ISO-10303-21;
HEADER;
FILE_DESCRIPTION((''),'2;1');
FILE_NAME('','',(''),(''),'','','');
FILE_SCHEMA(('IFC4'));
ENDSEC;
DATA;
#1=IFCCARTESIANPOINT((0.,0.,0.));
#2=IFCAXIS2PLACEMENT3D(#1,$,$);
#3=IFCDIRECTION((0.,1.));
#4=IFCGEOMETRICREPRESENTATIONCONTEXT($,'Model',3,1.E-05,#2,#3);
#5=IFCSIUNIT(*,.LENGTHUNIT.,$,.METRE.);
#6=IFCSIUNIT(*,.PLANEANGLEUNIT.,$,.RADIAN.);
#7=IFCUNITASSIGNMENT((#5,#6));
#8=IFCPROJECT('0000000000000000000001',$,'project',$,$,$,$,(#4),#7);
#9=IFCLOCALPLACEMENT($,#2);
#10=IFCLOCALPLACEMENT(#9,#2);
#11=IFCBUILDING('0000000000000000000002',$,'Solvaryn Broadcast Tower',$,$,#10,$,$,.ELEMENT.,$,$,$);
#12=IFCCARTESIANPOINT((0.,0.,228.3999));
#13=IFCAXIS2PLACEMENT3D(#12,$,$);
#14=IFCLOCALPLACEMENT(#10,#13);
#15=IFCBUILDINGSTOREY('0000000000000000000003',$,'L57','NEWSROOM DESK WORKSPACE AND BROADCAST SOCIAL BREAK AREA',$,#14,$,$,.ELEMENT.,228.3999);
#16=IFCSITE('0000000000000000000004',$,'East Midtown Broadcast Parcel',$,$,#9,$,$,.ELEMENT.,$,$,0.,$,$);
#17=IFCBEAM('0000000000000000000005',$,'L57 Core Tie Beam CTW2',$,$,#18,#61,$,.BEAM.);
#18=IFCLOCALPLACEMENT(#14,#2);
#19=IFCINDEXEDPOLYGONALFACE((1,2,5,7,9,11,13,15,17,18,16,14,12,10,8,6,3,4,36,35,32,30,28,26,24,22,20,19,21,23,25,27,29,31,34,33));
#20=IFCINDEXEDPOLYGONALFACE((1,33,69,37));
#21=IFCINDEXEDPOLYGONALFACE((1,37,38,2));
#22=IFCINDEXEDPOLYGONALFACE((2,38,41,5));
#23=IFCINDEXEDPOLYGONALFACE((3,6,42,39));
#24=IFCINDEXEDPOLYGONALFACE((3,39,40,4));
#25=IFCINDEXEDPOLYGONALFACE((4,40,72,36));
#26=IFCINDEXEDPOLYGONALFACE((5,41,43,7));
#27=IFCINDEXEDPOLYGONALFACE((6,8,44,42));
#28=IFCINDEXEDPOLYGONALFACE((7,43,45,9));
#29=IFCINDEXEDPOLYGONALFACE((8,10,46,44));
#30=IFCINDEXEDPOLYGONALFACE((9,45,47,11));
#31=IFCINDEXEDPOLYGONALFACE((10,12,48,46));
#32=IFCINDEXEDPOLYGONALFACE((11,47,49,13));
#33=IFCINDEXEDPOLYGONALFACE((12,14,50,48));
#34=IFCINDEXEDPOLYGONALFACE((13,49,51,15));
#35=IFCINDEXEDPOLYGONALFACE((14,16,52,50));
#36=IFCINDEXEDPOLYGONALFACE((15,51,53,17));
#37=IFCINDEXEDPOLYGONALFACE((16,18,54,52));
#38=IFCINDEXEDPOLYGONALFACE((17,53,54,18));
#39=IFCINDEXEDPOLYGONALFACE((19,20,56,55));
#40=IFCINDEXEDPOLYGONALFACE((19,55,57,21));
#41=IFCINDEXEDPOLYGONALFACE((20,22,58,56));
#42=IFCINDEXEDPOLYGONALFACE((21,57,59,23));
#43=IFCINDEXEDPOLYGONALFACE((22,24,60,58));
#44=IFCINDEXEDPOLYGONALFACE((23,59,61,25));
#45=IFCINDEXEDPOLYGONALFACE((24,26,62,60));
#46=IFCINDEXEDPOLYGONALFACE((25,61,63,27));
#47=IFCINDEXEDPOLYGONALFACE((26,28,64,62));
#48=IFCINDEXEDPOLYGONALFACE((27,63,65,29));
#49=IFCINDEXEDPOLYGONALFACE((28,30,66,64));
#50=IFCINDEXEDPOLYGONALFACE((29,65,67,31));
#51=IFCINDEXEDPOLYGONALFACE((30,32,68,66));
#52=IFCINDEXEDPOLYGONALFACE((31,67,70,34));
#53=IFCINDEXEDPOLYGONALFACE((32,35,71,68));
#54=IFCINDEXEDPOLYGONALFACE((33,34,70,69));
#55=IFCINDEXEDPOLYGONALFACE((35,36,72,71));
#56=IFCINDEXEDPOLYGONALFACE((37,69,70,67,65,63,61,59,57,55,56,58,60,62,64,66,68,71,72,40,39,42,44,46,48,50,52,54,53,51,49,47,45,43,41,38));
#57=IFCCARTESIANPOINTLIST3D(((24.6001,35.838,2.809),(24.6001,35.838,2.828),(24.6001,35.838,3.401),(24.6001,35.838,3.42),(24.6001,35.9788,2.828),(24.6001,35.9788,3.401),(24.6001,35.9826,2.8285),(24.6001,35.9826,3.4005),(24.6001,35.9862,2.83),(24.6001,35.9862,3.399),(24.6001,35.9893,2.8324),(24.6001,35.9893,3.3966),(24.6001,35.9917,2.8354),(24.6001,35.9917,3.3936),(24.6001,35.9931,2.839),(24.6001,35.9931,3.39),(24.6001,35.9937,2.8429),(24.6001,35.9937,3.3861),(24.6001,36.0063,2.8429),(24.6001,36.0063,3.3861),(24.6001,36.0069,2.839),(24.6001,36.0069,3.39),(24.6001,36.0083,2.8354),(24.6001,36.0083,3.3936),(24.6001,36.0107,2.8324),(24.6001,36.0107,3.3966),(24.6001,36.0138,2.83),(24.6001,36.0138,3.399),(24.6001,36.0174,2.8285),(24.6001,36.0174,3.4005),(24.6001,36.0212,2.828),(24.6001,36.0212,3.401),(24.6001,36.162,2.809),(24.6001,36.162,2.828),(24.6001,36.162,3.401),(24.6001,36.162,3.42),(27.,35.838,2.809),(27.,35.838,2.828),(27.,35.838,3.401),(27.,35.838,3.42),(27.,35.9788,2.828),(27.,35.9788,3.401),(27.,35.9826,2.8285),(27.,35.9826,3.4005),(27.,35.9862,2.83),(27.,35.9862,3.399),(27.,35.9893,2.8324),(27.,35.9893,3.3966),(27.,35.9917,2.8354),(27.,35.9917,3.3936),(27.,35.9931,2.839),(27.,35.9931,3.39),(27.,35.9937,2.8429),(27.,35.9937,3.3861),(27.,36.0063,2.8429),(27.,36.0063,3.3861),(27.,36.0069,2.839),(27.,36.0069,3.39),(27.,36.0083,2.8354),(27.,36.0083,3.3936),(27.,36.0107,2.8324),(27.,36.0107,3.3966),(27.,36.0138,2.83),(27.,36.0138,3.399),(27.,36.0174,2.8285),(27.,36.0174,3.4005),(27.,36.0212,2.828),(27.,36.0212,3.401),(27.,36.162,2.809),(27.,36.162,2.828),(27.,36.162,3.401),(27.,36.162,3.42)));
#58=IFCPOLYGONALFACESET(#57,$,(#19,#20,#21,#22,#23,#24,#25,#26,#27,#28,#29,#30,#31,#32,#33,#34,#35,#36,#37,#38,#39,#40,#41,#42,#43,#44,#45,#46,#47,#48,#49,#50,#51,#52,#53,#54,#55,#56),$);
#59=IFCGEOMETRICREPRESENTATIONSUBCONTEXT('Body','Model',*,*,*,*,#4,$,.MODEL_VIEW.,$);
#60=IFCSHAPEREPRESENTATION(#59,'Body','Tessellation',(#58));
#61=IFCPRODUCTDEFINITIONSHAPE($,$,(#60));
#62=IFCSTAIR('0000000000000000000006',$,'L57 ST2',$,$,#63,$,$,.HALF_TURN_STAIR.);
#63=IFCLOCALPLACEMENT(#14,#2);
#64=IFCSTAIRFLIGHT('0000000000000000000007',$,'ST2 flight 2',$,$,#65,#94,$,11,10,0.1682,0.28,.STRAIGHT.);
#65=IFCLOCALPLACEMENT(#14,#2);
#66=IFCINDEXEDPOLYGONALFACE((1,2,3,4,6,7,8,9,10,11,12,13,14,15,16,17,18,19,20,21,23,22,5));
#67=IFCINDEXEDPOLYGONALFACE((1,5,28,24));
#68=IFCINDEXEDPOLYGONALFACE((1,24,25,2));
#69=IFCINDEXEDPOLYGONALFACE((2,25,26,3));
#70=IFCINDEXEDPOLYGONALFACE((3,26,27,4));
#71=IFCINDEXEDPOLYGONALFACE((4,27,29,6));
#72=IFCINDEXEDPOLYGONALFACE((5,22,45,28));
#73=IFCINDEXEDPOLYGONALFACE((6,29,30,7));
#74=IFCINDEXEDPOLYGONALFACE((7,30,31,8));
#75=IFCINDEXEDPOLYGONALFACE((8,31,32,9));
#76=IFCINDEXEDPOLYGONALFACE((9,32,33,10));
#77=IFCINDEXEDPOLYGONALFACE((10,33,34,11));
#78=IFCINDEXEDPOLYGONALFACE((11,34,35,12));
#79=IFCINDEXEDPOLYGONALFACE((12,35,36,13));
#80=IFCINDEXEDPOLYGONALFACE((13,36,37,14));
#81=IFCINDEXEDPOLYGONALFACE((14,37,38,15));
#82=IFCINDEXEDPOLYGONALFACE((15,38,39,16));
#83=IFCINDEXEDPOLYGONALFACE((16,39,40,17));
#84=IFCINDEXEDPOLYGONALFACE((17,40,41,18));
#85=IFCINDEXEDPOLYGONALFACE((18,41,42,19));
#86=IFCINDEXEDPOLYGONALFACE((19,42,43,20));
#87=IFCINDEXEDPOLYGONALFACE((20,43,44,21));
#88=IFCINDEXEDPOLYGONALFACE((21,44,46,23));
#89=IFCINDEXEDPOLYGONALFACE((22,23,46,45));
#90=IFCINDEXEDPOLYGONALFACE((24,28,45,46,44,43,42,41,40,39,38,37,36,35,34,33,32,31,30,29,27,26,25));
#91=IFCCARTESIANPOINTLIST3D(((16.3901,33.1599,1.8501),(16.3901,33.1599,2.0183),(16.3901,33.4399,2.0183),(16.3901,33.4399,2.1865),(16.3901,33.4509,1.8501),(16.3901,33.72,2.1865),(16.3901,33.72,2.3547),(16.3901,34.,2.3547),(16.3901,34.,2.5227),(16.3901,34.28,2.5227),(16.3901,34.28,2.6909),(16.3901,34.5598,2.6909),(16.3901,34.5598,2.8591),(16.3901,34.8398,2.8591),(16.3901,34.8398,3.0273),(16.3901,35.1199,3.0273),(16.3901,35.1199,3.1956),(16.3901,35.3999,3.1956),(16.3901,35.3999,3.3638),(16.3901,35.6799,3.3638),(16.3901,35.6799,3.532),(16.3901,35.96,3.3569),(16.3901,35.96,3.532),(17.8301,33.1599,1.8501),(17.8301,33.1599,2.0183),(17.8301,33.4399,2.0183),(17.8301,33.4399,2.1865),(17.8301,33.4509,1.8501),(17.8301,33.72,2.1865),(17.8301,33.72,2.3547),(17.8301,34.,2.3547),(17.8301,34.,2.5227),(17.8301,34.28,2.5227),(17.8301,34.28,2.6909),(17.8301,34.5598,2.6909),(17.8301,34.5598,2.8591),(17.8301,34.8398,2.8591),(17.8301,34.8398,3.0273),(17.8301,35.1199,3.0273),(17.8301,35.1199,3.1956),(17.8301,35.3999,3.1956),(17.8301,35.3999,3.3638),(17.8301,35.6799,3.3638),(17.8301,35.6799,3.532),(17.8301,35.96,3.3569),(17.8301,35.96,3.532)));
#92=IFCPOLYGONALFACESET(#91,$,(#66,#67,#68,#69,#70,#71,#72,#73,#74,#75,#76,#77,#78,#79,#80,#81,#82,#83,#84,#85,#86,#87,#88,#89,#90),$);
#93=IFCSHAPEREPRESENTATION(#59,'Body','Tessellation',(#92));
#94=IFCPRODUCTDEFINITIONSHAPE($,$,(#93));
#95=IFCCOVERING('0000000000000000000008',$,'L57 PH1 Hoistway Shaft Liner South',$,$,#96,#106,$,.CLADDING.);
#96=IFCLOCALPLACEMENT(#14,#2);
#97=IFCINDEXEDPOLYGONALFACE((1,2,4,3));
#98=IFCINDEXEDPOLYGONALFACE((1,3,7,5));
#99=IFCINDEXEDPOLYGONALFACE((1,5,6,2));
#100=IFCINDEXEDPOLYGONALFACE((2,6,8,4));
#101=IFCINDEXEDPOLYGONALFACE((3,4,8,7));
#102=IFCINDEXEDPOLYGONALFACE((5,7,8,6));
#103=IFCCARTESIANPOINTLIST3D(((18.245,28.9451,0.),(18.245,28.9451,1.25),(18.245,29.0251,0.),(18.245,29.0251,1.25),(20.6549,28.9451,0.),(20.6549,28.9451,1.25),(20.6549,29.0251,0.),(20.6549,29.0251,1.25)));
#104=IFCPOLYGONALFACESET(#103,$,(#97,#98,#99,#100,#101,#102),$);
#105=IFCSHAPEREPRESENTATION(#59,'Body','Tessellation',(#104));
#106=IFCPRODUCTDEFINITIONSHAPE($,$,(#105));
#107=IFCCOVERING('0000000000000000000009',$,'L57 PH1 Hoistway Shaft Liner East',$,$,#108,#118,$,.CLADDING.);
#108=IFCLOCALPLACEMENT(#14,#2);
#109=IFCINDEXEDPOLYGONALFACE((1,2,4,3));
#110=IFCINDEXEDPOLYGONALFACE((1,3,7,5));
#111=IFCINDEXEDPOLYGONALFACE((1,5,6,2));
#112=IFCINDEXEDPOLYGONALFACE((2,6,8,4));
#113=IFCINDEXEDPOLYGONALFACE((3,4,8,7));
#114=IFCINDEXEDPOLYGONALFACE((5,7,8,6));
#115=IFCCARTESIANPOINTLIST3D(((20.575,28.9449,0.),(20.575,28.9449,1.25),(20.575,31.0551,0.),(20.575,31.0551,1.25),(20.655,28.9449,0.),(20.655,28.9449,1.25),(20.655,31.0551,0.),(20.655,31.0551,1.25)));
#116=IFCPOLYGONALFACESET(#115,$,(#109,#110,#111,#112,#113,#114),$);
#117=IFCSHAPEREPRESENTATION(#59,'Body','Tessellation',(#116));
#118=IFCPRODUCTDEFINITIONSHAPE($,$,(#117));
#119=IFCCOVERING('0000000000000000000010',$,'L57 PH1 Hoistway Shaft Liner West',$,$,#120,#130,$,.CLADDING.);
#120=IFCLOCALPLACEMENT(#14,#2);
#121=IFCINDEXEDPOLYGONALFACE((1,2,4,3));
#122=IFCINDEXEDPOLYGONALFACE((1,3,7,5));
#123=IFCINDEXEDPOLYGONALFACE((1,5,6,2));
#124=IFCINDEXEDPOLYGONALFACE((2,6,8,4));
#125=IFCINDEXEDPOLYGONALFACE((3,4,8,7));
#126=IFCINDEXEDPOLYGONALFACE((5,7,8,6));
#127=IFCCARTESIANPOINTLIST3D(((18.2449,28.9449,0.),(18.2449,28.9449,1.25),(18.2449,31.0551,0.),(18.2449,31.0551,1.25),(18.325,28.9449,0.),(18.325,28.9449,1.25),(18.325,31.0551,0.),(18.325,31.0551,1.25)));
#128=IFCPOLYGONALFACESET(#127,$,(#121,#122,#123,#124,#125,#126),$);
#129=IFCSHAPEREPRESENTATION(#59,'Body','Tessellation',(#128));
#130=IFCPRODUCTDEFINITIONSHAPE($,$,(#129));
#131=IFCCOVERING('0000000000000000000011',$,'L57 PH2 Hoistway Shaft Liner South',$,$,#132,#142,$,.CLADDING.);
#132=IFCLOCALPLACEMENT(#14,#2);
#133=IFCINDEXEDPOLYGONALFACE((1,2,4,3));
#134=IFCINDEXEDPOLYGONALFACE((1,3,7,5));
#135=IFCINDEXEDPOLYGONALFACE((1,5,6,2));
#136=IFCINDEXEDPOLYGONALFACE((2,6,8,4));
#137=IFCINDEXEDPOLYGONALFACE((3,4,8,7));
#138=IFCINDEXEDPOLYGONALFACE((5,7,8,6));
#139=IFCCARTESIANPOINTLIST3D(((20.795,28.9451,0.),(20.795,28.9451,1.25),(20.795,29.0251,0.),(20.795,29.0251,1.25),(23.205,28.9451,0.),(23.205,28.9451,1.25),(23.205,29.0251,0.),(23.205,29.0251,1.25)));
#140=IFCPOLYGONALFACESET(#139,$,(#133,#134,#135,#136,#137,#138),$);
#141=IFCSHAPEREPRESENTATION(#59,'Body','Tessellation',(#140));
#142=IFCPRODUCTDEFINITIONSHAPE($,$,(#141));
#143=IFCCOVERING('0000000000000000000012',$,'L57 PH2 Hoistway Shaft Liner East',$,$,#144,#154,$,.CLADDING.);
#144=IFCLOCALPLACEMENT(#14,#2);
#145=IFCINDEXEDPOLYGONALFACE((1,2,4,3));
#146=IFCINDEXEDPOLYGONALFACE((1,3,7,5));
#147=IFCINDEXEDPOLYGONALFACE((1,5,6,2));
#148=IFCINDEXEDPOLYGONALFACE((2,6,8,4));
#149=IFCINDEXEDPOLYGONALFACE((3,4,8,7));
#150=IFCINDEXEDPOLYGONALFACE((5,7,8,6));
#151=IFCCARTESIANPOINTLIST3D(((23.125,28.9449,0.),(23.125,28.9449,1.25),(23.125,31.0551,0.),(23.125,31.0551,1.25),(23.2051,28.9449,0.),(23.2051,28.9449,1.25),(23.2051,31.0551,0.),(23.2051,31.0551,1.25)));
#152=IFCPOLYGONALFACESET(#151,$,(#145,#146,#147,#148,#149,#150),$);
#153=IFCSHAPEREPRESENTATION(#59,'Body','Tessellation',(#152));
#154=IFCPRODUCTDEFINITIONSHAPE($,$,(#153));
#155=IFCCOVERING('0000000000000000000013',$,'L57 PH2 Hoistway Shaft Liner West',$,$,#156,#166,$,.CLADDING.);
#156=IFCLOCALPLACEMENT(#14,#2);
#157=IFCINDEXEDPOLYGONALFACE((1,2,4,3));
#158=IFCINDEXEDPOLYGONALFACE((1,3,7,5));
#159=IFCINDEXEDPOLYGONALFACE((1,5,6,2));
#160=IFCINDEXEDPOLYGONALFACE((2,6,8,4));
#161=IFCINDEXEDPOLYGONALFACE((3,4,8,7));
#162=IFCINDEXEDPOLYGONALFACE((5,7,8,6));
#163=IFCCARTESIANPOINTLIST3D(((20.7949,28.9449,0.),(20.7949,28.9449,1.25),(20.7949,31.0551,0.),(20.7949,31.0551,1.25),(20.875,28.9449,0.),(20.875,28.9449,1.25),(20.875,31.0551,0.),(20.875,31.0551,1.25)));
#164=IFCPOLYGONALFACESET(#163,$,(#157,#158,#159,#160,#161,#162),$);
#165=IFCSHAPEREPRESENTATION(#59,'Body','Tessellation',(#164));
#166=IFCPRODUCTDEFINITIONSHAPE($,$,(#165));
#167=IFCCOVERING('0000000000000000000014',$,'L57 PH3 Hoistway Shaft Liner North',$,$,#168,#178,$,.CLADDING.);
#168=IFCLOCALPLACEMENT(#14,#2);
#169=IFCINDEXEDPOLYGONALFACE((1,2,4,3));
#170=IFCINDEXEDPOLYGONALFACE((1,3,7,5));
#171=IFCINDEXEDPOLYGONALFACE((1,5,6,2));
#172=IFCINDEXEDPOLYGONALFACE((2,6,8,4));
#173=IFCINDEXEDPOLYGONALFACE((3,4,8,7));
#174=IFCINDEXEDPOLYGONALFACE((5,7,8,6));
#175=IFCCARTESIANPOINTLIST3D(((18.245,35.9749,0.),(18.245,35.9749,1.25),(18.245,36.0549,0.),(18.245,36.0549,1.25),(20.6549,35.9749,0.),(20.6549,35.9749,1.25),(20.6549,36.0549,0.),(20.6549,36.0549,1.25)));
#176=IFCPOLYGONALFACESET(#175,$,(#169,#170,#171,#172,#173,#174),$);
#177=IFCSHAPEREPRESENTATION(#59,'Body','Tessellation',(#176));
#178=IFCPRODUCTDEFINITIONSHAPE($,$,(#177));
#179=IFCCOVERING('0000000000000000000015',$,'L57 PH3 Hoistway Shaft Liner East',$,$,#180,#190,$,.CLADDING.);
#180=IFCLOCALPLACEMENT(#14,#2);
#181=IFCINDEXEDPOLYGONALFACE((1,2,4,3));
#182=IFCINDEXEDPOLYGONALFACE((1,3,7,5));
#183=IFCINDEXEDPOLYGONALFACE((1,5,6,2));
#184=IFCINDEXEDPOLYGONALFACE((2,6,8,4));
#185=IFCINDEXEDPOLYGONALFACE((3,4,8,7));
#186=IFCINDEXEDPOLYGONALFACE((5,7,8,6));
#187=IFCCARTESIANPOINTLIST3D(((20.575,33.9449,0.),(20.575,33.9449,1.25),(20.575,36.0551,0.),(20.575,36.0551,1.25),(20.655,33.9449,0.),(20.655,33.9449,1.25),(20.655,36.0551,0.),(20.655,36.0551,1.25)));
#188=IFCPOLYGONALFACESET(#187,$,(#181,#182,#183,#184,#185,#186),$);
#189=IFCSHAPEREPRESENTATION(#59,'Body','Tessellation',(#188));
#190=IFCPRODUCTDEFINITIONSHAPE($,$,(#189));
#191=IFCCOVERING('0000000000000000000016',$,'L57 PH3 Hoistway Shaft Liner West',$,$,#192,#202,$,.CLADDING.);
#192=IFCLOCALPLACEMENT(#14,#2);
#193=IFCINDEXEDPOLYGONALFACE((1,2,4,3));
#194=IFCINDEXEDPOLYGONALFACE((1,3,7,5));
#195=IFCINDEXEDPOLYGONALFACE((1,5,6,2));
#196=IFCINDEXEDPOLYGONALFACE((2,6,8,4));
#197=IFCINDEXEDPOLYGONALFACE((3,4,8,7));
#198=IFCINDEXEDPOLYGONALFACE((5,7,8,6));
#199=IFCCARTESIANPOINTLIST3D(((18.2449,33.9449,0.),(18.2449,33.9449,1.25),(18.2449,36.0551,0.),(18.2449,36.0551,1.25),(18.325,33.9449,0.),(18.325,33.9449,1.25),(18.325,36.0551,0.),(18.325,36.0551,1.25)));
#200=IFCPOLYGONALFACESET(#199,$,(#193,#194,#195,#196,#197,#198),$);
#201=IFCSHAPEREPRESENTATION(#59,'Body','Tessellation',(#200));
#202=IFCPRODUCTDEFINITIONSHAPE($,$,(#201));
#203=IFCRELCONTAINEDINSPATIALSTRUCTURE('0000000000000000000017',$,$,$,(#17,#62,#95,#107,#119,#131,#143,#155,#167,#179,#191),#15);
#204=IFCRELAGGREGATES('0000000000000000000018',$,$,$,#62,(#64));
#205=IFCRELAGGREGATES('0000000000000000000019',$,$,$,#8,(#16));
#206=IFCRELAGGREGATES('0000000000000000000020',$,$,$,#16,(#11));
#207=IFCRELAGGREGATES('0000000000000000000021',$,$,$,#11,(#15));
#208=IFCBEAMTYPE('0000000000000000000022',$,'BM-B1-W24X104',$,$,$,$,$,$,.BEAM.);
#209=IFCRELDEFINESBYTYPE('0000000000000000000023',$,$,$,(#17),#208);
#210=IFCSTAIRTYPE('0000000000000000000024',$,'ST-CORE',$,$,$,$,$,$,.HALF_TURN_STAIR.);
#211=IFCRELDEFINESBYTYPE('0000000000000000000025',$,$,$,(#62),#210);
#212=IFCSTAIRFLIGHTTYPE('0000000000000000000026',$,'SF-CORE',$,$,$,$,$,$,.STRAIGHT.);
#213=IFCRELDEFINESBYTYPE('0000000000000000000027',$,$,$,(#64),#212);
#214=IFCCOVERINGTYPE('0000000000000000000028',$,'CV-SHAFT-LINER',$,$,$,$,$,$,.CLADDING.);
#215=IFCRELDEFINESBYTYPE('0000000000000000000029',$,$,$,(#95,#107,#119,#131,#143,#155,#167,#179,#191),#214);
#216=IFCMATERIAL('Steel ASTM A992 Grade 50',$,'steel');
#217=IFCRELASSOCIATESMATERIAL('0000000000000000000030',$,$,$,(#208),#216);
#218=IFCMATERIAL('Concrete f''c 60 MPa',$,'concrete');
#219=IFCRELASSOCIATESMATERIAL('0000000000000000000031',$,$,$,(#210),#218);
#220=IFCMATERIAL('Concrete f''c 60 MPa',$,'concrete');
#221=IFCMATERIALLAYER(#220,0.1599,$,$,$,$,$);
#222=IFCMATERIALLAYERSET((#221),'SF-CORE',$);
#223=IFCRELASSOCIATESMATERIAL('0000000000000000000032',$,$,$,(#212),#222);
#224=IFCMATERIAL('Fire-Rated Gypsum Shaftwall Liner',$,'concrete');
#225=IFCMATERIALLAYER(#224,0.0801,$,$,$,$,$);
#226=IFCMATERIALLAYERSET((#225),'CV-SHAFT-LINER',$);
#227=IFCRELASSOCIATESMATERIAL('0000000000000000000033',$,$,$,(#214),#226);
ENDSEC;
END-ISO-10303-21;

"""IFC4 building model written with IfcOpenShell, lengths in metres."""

from ifc_helpers import new_model, si_unit, direction, frame, origin, origin_2d, place, context, subcontext, project, spatial, polyline, rectangle, i_section, outline, extrude, material, layer, layer_set, material_profile, profile_set, type_object, element, aggregate, save


model = new_model("IFC4")

# Units and contexts
model_context = context("Model", 3, precision=1e-05, world=origin(), true_north=direction((0.0, 1.0)))
body_context = subcontext(model_context, "Body", "Model", "MODEL_VIEW")
ifc_project = project(units=[si_unit("LENGTHUNIT", "METRE"), si_unit("PLANEANGLEUNIT", "RADIAN")], contexts=[model_context])

# Site, building, storey
site_placement = place(None, origin())
site = spatial("IfcSite", under=ifc_project, at=site_placement, Name="East Midtown Broadcast Parcel", CompositionType="ELEMENT", RefElevation=0.0)
building_placement = place(site_placement, origin())
building = spatial("IfcBuilding", under=site, at=building_placement, Name="Solvaryn Broadcast Tower", CompositionType="ELEMENT")
storey_placement = place(building_placement, frame((0.0, 0.0, 228.3999)))
storey = spatial("IfcBuildingStorey", under=building, at=storey_placement, Name="L57", Description="NEWSROOM DESK WORKSPACE AND BROADCAST SOCIAL BREAK AREA", CompositionType="ELEMENT", Elevation=228.3999)

# Beam
ifc_material_1 = material(Name="Steel ASTM A992 Grade 50", Category="steel")
ifc_material_profile = material_profile(ifc_material_1, i_section(OverallWidth=0.324, OverallDepth=0.6111, WebThickness=0.0127, FlangeThickness=0.019, FilletRadius=0.0149, at=origin_2d()))
ifc_profile_set = profile_set([ifc_material_profile], Name="Steel ASTM A992 Grade 50")
beam_type = type_object("IfcBeamType", Name="BM-B1-W24X104", PredefinedType="BEAM", material=ifc_profile_set)
beam_placement = place(storey_placement, frame((24.6001, 36.0, 3.1145), z_axis=(1.0, 0.0, 0.0), x_axis=(0.0, 1.0, 0.0)))
element("IfcBeam", 1, at=beam_placement, inside=storey, type_object=beam_type, Name="L57 Core Tie Beam CTW2", PredefinedType="BEAM", context=body_context, shape_type="SweptSolid", body=[
    extrude(i_section(OverallWidth=0.324, OverallDepth=0.6111, WebThickness=0.0127, FlangeThickness=0.019, FilletRadius=0.0149, at=origin_2d()), origin(), (0.0, 0.0, 1.0), 2.3999),
])

# Stair, stair flight
ifc_material_2 = material(Name="Concrete f'c 60 MPa", Category="concrete")
stair_type = type_object("IfcStairType", Name="ST-CORE", PredefinedType="HALF_TURN_STAIR", material=ifc_material_2)
stair_placement = place(storey_placement, origin())
stair = element("IfcStair", 2, at=stair_placement, inside=storey, type_object=stair_type, Name="L57 ST2", PredefinedType="HALF_TURN_STAIR")
ifc_material_3 = material(Name="Concrete f'c 60 MPa", Category="concrete")
ifc_layer_1 = layer(ifc_material_3, 0.1599)
ifc_layer_set_1 = layer_set([ifc_layer_1], Name="SF-CORE")
stair_flight_type = type_object("IfcStairFlightType", Name="SF-CORE", PredefinedType="STRAIGHT", material=ifc_layer_set_1)
stair_flight_placement = place(storey_placement, frame((17.1101, 33.1599, 1.8501), z_axis=(0.0, 0.0, 1.0), x_axis=(0.0, 1.0, 0.0)))
stair_flight = element("IfcStairFlight", 3, at=stair_flight_placement, type_object=stair_flight_type, Name="ST2 flight 2", NumberOfRisers=11, NumberOfTreads=10, PredefinedType="STRAIGHT", RiserHeight=0.1682, TreadLength=0.28, context=body_context, shape_type="SweptSolid", body=[
    extrude(outline(polyline([(0.0, 0.0), (0.0, 0.1682), (0.28, 0.1682), (0.28, 0.3364), (0.5601, 0.3364), (0.5601, 0.5046), (0.8401, 0.5046), (0.8401, 0.6726), (1.1201, 0.6726), (1.1201, 0.8408), (1.3999, 0.8408), (1.3999, 1.009), (1.6799, 1.009), (1.6799, 1.1772), (1.96, 1.1772), (1.96, 1.3455), (2.24, 1.3455), (2.24, 1.5137), (2.52, 1.5137), (2.52, 1.6819), (2.8, 1.6819), (2.8, 1.8501), (2.8, 1.5068), (0.291, 0.0), (0.0, 0.0)])), frame((0.0, 0.72, 0.0), z_axis=(0.0, -1.0, 0.0), x_axis=(1.0, 0.0, 0.0)), (0.0, 0.0, 1.0), 1.4399),
])
aggregate(stair, [stair_flight])

# Coverings
ifc_material_4 = material(Name="Fire-Rated Gypsum Shaftwall Liner", Category="concrete")
ifc_layer_2 = layer(ifc_material_4, 0.0801)
ifc_layer_set_2 = layer_set([ifc_layer_2], Name="CV-SHAFT-LINER")
covering_type = type_object("IfcCoveringType", Name="CV-SHAFT-LINER", PredefinedType="CLADDING", material=ifc_layer_set_2)
covering_1_placement = place(storey_placement, frame((19.45, 28.9851, 0.0), z_axis=(0.0, 0.0, 1.0), x_axis=(1.0, 0.0, 0.0)))
element("IfcCovering", 4, at=covering_1_placement, inside=storey, type_object=covering_type, Name="L57 PH1 Hoistway Shaft Liner South", PredefinedType="CLADDING", context=body_context, shape_type="SweptSolid", body=[
    extrude(rectangle(XDim=2.4099, YDim=0.0801, at=origin_2d()), origin(), (0.0, 0.0, 1.0), 1.25),
])
for number, where, z_axis, x_axis, name in (
    (5, (20.615, 30.0, 0.0), (0.0, 0.0, 1.0), (1.0, 0.0, 0.0), "L57 PH1 Hoistway Shaft Liner East"),
    (6, (18.2849, 30.0, 0.0), (0.0, 0.0, 1.0), (1.0, 0.0, 0.0), "L57 PH1 Hoistway Shaft Liner West"),
):
    element("IfcCovering", number, at=place(storey_placement, frame(where, z_axis=z_axis, x_axis=x_axis)), inside=storey, type_object=covering_type, Name=name, PredefinedType="CLADDING", context=body_context, shape_type="SweptSolid", body=[
        extrude(rectangle(XDim=0.0801, YDim=2.1101, at=origin_2d()), origin(), (0.0, 0.0, 1.0), 1.25),
    ])
covering_2_placement = place(storey_placement, frame((22.0, 28.9851, 0.0), z_axis=(0.0, 0.0, 1.0), x_axis=(1.0, 0.0, 0.0)))
element("IfcCovering", 7, at=covering_2_placement, inside=storey, type_object=covering_type, Name="L57 PH2 Hoistway Shaft Liner South", PredefinedType="CLADDING", context=body_context, shape_type="SweptSolid", body=[
    extrude(rectangle(XDim=2.4099, YDim=0.0801, at=origin_2d()), origin(), (0.0, 0.0, 1.0), 1.25),
])
for number, where, z_axis, x_axis, name in (
    (8, (23.165, 30.0, 0.0), (0.0, 0.0, 1.0), (1.0, 0.0, 0.0), "L57 PH2 Hoistway Shaft Liner East"),
    (9, (20.835, 30.0, 0.0), (0.0, 0.0, 1.0), (1.0, 0.0, 0.0), "L57 PH2 Hoistway Shaft Liner West"),
):
    element("IfcCovering", number, at=place(storey_placement, frame(where, z_axis=z_axis, x_axis=x_axis)), inside=storey, type_object=covering_type, Name=name, PredefinedType="CLADDING", context=body_context, shape_type="SweptSolid", body=[
        extrude(rectangle(XDim=0.0801, YDim=2.1101, at=origin_2d()), origin(), (0.0, 0.0, 1.0), 1.25),
    ])
covering_3_placement = place(storey_placement, frame((19.45, 36.0149, 0.0), z_axis=(0.0, 0.0, 1.0), x_axis=(1.0, 0.0, 0.0)))
element("IfcCovering", 10, at=covering_3_placement, inside=storey, type_object=covering_type, Name="L57 PH3 Hoistway Shaft Liner North", PredefinedType="CLADDING", context=body_context, shape_type="SweptSolid", body=[
    extrude(rectangle(XDim=2.4099, YDim=0.0801, at=origin_2d()), origin(), (0.0, 0.0, 1.0), 1.25),
])
for number, where, z_axis, x_axis, name in (
    (11, (20.615, 35.0, 0.0), (0.0, 0.0, 1.0), (1.0, 0.0, 0.0), "L57 PH3 Hoistway Shaft Liner East"),
    (12, (18.2849, 35.0, 0.0), (0.0, 0.0, 1.0), (1.0, 0.0, 0.0), "L57 PH3 Hoistway Shaft Liner West"),
):
    element("IfcCovering", number, at=place(storey_placement, frame(where, z_axis=z_axis, x_axis=x_axis)), inside=storey, type_object=covering_type, Name=name, PredefinedType="CLADDING", context=body_context, shape_type="SweptSolid", body=[
        extrude(rectangle(XDim=0.0801, YDim=2.1101, at=origin_2d()), origin(), (0.0, 0.0, 1.0), 1.25),
    ])

save(model, "model.ifc")
